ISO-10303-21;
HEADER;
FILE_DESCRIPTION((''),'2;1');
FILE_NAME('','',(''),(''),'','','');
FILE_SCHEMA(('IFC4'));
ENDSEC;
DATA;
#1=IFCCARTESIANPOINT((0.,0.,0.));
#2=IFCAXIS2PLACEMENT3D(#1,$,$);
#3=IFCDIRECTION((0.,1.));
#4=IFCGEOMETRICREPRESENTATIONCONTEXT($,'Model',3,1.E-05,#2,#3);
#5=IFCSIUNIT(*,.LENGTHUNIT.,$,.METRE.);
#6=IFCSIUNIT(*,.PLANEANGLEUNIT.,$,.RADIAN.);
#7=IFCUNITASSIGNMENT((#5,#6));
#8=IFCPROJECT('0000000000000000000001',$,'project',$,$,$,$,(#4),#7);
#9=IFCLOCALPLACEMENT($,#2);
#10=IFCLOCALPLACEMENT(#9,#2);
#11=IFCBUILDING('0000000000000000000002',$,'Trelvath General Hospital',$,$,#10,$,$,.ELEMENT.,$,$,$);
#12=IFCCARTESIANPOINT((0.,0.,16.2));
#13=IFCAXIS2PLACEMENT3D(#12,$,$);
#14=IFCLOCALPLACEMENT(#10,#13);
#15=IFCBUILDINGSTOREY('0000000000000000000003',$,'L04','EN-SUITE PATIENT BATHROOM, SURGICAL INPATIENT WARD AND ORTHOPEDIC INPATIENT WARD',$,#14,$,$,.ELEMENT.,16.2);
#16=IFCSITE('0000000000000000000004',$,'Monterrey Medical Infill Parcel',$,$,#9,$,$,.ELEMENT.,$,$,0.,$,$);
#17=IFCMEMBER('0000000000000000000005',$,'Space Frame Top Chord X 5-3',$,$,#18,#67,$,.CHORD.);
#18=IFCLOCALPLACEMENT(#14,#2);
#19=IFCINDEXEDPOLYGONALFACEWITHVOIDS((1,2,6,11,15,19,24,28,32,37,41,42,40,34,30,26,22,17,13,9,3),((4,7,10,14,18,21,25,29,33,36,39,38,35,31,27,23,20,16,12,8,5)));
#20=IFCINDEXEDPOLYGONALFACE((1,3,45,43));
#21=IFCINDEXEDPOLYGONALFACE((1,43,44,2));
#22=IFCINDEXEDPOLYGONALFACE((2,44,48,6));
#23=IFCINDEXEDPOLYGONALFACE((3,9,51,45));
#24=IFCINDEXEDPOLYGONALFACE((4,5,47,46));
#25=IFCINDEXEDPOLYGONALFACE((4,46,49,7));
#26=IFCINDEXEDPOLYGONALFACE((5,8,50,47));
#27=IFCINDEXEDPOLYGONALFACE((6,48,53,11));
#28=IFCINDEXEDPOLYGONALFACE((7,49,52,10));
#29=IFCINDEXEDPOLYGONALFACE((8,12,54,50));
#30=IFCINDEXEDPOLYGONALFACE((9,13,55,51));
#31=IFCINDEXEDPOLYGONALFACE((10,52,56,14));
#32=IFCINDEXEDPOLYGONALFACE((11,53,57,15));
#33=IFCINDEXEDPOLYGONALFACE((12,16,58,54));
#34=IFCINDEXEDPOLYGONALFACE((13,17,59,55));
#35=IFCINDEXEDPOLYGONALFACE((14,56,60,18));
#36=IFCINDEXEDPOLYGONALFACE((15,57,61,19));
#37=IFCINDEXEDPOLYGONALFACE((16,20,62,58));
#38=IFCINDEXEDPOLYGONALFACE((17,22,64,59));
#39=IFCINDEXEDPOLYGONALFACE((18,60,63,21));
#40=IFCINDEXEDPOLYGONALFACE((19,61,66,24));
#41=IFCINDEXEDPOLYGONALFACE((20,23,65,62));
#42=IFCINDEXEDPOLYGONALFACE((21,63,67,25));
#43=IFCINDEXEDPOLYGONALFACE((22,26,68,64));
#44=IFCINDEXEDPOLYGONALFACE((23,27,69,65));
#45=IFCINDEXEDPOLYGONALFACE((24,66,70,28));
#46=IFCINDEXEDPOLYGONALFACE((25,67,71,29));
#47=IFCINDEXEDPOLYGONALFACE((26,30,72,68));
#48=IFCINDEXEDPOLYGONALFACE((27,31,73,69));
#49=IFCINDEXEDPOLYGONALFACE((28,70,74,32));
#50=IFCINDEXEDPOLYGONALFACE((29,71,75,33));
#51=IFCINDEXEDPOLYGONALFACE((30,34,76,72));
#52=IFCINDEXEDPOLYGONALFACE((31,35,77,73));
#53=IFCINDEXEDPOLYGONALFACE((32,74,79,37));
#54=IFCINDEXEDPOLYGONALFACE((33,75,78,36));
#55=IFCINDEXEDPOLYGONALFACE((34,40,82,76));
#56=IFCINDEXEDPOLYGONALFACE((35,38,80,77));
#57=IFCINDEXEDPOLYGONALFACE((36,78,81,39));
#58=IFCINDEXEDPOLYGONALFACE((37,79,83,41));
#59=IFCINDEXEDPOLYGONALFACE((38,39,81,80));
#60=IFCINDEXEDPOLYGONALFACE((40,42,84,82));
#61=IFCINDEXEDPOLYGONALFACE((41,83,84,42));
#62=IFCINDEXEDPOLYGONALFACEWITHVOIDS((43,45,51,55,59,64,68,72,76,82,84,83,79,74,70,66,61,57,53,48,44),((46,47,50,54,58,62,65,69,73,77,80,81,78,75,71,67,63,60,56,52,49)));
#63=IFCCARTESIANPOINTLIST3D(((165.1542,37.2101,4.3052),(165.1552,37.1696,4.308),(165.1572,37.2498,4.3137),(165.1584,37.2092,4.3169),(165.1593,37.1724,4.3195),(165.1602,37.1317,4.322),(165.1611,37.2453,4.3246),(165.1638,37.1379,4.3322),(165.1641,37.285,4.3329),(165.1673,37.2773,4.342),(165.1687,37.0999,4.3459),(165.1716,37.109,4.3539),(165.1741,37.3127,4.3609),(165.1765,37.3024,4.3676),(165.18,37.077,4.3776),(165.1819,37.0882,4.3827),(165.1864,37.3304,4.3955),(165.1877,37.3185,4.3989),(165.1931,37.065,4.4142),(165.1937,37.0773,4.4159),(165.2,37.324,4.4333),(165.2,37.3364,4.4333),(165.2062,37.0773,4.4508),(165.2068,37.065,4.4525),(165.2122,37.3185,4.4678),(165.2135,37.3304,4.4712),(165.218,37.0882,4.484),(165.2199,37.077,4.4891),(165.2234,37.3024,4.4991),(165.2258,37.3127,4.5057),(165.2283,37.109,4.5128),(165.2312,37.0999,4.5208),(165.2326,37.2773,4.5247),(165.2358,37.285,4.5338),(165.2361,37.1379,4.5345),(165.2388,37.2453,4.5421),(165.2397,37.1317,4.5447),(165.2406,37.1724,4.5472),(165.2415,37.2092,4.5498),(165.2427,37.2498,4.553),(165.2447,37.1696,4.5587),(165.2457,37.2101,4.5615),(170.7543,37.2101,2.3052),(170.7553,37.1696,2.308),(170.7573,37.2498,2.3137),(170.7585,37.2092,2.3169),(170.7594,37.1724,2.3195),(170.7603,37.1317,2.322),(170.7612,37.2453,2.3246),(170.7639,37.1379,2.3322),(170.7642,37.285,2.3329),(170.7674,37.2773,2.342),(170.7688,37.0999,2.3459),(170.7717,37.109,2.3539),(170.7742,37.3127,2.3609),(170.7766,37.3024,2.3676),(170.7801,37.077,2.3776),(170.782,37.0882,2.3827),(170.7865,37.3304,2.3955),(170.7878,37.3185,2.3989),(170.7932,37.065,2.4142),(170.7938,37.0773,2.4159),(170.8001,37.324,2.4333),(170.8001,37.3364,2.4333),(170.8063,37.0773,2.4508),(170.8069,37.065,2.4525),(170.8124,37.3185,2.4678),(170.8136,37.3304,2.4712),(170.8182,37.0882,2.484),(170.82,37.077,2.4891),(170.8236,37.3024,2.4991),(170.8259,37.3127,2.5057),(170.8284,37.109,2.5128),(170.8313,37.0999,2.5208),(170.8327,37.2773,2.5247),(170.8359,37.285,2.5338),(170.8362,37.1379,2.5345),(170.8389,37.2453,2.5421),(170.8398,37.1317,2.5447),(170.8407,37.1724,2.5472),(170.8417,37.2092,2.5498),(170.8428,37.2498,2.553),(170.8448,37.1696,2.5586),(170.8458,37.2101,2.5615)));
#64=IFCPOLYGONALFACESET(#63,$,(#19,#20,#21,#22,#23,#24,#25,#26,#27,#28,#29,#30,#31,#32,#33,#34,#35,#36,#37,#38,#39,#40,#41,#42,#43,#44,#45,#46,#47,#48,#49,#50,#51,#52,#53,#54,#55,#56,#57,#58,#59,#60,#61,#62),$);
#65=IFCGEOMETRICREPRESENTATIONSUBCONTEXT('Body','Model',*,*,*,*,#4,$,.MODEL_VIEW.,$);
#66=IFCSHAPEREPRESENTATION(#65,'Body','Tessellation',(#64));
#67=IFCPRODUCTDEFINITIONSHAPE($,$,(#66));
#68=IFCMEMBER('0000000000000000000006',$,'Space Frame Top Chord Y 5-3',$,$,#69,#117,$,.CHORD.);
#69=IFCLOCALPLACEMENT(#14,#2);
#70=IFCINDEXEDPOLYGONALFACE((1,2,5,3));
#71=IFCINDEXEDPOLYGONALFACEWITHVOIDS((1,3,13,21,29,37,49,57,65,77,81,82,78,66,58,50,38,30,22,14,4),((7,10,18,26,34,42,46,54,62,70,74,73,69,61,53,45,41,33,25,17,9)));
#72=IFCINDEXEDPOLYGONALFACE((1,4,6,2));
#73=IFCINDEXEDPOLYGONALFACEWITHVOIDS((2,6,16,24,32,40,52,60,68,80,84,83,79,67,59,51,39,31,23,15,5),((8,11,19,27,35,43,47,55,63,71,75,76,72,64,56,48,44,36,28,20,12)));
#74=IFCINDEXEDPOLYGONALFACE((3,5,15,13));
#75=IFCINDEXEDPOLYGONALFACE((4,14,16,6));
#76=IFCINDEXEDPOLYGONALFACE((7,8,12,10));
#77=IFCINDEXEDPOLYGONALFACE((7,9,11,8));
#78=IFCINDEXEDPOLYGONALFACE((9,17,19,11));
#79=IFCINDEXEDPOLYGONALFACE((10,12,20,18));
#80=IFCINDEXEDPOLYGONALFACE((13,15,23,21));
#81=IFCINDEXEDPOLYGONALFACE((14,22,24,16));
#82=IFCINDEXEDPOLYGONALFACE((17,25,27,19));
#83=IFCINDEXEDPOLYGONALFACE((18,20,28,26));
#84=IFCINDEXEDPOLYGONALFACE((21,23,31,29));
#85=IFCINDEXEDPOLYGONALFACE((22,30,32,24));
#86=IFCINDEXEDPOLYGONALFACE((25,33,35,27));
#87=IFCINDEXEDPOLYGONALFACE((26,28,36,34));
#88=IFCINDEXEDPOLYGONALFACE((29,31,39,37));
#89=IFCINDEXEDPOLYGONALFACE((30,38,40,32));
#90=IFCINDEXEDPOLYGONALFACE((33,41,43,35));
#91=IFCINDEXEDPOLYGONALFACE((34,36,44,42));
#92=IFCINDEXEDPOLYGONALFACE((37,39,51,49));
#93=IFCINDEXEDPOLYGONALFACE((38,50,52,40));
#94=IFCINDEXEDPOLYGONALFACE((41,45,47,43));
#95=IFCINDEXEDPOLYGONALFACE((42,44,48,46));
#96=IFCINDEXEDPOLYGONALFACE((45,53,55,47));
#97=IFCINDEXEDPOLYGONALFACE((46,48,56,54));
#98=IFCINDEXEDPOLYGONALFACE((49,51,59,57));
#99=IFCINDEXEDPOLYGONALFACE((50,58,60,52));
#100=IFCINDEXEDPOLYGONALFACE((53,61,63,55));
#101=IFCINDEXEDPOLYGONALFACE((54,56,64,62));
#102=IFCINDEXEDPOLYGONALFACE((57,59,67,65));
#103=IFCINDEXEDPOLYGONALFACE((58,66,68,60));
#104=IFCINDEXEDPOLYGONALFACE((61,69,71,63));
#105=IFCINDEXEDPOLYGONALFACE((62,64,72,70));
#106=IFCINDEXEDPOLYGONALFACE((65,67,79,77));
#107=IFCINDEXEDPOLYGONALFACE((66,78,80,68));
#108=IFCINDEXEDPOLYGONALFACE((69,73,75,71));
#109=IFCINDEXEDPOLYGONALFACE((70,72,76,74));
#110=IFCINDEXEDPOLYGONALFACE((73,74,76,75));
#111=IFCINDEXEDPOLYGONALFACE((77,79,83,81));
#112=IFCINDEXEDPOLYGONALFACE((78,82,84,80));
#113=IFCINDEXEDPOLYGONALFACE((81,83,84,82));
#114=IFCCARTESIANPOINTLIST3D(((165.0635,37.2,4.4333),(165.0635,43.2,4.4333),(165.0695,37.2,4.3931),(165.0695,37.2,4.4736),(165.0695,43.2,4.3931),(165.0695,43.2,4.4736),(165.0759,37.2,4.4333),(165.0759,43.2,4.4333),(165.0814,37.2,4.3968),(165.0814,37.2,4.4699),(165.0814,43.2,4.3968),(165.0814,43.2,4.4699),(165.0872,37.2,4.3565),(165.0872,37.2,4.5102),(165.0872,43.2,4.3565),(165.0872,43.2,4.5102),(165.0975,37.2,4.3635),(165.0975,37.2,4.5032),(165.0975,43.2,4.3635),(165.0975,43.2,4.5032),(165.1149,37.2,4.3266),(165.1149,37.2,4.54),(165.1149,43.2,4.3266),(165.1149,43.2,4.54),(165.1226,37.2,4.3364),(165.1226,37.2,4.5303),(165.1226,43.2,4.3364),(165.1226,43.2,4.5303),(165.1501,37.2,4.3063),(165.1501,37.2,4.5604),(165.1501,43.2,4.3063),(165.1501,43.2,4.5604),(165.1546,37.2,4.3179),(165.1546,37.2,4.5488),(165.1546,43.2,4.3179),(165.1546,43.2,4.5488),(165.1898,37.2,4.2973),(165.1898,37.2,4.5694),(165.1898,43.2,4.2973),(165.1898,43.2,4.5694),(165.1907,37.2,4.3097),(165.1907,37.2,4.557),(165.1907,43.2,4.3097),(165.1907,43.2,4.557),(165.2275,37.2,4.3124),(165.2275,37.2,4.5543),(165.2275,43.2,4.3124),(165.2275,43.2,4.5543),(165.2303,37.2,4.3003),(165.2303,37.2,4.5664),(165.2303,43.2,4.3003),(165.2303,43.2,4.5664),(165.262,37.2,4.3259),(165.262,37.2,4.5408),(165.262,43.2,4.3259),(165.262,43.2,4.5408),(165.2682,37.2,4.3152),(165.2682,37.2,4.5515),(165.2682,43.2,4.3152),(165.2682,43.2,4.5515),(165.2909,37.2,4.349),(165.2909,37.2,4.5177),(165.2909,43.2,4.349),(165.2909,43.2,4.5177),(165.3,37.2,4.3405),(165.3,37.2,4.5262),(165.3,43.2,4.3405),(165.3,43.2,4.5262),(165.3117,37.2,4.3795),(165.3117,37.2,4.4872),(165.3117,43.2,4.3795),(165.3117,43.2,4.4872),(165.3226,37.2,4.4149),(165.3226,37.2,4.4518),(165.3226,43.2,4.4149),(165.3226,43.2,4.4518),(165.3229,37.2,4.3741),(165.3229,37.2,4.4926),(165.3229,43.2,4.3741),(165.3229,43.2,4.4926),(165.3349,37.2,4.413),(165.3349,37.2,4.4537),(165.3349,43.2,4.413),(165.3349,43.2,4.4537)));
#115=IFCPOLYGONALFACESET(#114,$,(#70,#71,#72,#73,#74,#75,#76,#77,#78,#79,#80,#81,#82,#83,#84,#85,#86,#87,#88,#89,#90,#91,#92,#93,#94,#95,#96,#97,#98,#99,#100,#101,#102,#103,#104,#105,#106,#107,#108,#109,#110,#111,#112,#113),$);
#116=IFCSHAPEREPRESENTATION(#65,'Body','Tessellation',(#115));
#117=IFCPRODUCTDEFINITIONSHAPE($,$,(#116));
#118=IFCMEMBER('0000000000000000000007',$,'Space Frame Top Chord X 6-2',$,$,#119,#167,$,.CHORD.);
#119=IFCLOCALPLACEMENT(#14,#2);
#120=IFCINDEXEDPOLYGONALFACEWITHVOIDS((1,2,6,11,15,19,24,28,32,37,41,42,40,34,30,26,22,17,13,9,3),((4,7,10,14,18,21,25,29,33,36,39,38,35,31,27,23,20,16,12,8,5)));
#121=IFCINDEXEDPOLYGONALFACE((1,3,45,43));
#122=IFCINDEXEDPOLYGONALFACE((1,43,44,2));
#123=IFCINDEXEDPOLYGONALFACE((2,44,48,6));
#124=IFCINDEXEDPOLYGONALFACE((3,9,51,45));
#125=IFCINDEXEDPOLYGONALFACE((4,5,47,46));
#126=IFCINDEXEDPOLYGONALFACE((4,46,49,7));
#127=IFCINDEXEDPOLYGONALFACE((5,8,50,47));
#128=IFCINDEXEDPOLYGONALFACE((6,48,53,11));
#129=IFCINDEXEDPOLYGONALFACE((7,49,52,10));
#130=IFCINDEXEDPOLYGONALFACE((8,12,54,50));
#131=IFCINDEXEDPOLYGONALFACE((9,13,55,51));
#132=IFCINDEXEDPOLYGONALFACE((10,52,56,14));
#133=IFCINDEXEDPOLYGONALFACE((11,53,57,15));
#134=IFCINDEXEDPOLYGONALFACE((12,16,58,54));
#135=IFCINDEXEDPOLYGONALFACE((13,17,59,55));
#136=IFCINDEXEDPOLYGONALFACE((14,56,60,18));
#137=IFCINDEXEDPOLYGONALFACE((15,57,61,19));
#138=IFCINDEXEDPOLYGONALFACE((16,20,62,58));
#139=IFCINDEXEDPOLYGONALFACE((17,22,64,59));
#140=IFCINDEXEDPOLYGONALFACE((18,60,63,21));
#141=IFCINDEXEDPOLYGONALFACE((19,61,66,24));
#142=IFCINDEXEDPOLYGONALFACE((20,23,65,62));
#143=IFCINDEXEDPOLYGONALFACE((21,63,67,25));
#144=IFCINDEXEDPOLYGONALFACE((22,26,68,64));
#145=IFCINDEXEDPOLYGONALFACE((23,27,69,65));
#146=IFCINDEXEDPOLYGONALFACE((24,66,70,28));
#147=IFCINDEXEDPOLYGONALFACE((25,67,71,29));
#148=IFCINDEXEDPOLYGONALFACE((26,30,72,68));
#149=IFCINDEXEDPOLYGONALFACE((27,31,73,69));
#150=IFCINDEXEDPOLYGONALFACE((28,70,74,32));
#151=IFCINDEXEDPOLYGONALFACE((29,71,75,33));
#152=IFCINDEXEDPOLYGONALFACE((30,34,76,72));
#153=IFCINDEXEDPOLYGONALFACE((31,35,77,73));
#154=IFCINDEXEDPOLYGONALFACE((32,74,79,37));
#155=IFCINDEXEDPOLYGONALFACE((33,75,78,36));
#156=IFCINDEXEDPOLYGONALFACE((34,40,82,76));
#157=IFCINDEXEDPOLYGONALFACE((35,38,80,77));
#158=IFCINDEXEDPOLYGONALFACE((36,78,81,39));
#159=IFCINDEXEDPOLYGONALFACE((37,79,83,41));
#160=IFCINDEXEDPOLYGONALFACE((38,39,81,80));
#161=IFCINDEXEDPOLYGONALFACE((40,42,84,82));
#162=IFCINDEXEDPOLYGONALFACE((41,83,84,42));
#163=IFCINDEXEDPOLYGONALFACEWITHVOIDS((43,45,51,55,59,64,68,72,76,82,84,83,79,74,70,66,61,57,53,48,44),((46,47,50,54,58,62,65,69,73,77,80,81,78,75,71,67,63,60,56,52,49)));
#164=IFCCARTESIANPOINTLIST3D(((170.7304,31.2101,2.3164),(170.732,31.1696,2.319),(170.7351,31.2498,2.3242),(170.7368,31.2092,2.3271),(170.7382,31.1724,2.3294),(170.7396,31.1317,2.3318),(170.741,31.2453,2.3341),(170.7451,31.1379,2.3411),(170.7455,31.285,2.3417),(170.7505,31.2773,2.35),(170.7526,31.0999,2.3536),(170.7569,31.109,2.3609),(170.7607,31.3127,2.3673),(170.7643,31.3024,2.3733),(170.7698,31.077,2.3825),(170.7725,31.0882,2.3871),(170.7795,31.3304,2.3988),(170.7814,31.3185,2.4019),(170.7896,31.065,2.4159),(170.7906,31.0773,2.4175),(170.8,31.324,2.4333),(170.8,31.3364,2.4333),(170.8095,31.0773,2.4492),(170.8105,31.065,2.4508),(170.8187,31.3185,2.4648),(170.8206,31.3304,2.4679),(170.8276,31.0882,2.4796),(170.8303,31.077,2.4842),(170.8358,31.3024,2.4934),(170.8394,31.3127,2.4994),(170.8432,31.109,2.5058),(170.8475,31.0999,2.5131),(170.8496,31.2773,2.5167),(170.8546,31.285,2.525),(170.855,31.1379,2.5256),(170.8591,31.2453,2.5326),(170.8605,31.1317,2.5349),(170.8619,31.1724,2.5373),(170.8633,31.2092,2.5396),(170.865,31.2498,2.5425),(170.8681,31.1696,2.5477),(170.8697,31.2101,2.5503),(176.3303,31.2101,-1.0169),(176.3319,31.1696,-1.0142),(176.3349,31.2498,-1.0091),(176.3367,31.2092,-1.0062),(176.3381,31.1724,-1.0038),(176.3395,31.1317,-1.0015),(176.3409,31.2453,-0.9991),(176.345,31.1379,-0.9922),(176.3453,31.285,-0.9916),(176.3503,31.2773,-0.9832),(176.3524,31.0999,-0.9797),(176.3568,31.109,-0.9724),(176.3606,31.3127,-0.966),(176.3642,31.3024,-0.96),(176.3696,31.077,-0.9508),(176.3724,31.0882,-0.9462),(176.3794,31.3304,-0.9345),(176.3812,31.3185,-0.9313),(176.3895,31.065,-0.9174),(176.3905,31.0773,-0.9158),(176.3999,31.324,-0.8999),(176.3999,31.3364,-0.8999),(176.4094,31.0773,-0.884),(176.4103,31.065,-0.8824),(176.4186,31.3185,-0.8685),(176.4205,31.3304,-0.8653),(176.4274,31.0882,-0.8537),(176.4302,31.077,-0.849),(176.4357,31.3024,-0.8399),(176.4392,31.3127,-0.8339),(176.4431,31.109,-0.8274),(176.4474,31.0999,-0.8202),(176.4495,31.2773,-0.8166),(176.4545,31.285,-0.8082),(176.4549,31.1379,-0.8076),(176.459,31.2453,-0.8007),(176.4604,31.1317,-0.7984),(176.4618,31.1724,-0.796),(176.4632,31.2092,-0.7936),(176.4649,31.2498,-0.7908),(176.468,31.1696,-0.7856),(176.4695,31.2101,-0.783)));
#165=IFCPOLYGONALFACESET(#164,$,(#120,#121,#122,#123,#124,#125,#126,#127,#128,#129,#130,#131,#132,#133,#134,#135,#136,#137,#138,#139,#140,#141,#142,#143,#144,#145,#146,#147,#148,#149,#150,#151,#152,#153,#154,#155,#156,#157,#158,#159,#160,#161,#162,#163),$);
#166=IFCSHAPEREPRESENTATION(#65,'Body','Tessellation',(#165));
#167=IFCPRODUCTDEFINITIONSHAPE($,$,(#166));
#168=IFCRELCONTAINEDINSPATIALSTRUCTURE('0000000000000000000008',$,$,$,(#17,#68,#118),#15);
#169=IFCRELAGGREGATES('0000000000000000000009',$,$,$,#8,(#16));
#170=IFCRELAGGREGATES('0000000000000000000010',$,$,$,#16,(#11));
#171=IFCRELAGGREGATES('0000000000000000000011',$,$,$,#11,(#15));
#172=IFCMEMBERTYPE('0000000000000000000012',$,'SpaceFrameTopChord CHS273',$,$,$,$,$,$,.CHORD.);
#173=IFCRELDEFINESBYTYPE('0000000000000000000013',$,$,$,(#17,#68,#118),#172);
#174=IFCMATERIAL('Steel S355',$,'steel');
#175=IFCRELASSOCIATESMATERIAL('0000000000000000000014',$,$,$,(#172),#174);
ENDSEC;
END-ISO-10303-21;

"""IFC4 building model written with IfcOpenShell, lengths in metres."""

from ifc_helpers import new_model, si_unit, direction, frame, origin, origin_2d, place, context, subcontext, project, spatial, hollow_circle, extrude, material, material_profile, profile_set, type_object, element, save


model = new_model("IFC4")

# Units and contexts
model_context = context("Model", 3, precision=1e-05, world=origin(), true_north=direction((0.0, 1.0)))
body_context = subcontext(model_context, "Body", "Model", "MODEL_VIEW")
ifc_project = project(units=[si_unit("LENGTHUNIT", "METRE"), si_unit("PLANEANGLEUNIT", "RADIAN")], contexts=[model_context])

# Site, building, storey
site_placement = place(None, origin())
site = spatial("IfcSite", under=ifc_project, at=site_placement, Name="Monterrey Medical Infill Parcel", CompositionType="ELEMENT", RefElevation=0.0)
building_placement = place(site_placement, origin())
building = spatial("IfcBuilding", under=site, at=building_placement, Name="Trelvath General Hospital", CompositionType="ELEMENT")
storey_placement = place(building_placement, frame((0.0, 0.0, 16.2)))
storey = spatial("IfcBuildingStorey", under=building, at=storey_placement, Name="L04", Description="EN-SUITE PATIENT BATHROOM, SURGICAL INPATIENT WARD AND ORTHOPEDIC INPATIENT WARD", CompositionType="ELEMENT", Elevation=16.2)

# Members
ifc_material_1 = material(Name="Steel S355", Category="steel")
ifc_material_profile_1 = material_profile(ifc_material_1, hollow_circle(Radius=0.1365, WallThickness=0.0125, at=origin_2d()), Name="CHS273.0x12.5")
ifc_profile_set_1 = profile_set([ifc_material_profile_1], Name="Steel S355")
member_type_1 = type_object("IfcMemberType", Name="SpaceFrameTopChord CHS273", PredefinedType="CHORD", material=ifc_profile_set_1)
member_1_placement = place(storey_placement, frame((165.2, 37.2, 4.4333), z_axis=(0.941744, 0.0, -0.336331), x_axis=(0.0, 1.0, 0.0)))
element("IfcMember", 1, at=member_1_placement, inside=storey, type_object=member_type_1, Name="Space Frame Top Chord X 5-3", PredefinedType="CHORD", context=body_context, shape_type="SweptSolid", body=[
    extrude(hollow_circle(Radius=0.1365, WallThickness=0.0125, at=origin_2d()), origin(), (0.0, 0.0, 1.0), 5.9465),
])
member_2_placement = place(storey_placement, frame((165.2, 37.2, 4.4333), z_axis=(0.0, 1.0, 0.0), x_axis=(-1.0, 0.0, 0.0)))
element("IfcMember", 2, at=member_2_placement, inside=storey, type_object=member_type_1, Name="Space Frame Top Chord Y 5-3", PredefinedType="CHORD", context=body_context, shape_type="SweptSolid", body=[
    extrude(hollow_circle(Radius=0.1365, WallThickness=0.0125, at=origin_2d()), origin(), (0.0, 0.0, 1.0), 6.0),
])
member_3_placement = place(storey_placement, frame((170.8, 31.2, 2.4333), z_axis=(0.859292, 0.0, -0.511485), x_axis=(0.0, 1.0, 0.0)))
element("IfcMember", 3, at=member_3_placement, inside=storey, type_object=member_type_1, Name="Space Frame Top Chord X 6-2", PredefinedType="CHORD", context=body_context, shape_type="SweptSolid", body=[
    extrude(hollow_circle(Radius=0.1365, WallThickness=0.0125, at=origin_2d()), origin(), (0.0, 0.0, 1.0), 6.5168),
])

save(model, "model.ifc")
